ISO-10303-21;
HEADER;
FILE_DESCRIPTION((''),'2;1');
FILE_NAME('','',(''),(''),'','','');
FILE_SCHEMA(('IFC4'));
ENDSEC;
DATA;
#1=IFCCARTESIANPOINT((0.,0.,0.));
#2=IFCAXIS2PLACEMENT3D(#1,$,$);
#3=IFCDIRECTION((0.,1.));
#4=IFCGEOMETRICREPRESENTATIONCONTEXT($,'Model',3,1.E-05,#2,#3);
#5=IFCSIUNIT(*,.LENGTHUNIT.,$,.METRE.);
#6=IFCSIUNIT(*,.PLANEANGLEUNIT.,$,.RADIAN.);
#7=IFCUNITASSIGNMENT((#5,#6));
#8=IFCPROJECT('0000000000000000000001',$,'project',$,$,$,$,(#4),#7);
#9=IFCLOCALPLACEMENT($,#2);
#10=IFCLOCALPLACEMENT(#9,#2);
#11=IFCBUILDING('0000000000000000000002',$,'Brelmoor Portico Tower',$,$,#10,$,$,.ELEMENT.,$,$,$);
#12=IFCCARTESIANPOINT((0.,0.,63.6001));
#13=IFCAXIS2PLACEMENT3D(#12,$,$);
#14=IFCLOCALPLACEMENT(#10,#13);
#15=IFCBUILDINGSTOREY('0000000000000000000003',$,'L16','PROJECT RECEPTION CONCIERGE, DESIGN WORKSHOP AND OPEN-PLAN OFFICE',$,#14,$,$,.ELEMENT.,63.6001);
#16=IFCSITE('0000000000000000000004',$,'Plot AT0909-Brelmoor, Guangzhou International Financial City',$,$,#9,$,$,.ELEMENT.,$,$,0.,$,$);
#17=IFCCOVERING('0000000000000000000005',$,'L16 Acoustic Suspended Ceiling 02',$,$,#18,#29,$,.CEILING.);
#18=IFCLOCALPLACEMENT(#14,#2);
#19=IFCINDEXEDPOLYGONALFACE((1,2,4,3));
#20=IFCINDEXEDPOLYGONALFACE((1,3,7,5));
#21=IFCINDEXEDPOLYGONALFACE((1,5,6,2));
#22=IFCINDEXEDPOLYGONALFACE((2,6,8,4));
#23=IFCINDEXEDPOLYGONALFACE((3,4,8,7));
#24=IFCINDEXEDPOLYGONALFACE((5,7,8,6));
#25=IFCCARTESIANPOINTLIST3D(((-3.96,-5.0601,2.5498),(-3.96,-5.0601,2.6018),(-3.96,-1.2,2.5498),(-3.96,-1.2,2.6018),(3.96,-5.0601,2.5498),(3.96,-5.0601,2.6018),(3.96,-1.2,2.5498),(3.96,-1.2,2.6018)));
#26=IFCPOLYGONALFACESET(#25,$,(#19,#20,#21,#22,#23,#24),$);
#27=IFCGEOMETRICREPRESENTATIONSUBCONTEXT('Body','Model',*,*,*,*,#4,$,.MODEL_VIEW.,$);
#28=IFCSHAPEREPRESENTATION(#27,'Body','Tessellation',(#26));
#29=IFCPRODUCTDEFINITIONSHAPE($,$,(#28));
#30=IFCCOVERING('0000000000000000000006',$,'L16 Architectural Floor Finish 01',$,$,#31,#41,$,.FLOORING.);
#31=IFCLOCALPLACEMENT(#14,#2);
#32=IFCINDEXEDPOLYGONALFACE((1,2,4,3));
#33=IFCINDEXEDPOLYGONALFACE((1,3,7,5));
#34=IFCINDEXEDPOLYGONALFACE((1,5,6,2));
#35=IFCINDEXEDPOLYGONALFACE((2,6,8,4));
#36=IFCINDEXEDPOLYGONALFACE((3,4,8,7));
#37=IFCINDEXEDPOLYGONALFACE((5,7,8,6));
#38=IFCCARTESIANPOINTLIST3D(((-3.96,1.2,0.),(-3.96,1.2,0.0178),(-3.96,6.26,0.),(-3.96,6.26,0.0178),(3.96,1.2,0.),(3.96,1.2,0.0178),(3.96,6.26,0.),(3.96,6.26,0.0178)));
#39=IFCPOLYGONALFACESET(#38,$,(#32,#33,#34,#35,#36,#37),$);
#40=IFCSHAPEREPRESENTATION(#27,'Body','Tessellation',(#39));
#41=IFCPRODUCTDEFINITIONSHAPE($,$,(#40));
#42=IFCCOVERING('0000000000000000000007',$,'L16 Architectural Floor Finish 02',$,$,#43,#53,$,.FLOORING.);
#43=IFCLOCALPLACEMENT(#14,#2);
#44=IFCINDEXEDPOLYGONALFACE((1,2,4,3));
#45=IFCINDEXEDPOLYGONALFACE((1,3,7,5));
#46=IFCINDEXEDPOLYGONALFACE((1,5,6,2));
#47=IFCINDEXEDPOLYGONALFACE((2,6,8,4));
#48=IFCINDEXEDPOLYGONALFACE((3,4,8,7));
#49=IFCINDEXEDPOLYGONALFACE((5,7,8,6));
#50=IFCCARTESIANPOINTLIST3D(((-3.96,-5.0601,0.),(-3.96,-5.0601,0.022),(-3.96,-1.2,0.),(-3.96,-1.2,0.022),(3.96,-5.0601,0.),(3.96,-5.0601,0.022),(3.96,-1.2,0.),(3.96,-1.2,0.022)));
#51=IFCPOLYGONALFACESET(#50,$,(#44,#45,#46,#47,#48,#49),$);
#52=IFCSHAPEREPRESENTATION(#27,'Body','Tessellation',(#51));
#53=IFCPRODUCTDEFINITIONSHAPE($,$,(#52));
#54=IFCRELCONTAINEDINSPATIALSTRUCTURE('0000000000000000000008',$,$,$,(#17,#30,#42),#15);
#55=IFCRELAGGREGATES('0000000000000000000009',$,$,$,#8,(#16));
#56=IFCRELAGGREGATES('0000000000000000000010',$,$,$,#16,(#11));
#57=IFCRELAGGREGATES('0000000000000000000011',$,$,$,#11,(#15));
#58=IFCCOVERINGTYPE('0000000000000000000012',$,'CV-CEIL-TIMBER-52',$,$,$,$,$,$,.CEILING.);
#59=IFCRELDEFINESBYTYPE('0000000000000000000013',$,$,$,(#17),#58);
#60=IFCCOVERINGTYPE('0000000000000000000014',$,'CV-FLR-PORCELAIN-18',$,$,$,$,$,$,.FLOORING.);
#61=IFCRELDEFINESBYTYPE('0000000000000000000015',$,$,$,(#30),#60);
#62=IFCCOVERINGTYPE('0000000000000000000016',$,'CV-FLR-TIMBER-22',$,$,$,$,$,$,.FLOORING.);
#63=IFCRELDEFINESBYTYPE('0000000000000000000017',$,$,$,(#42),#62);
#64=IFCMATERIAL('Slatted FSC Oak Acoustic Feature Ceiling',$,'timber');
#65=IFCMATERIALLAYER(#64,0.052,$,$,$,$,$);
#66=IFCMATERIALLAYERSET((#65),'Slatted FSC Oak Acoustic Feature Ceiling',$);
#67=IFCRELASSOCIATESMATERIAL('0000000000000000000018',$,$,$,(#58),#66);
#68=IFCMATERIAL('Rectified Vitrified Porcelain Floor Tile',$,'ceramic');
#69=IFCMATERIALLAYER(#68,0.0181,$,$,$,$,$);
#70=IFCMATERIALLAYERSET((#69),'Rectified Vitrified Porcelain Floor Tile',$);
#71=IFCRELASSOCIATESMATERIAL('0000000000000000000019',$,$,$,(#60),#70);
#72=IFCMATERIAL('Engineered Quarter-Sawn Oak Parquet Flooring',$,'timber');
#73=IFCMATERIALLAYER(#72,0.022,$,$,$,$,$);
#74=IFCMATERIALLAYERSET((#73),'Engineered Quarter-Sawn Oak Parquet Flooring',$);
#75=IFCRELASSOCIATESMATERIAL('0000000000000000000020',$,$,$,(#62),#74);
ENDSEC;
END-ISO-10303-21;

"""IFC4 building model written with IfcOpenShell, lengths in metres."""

from ifc_helpers import new_model, si_unit, direction, frame, origin, place, context, subcontext, project, spatial, polyline, outline, extrude, material, layer, layer_set, type_object, element, save


model = new_model("IFC4")

# Units and contexts
model_context = context("Model", 3, precision=1e-05, world=origin(), true_north=direction((0.0, 1.0)))
body_context = subcontext(model_context, "Body", "Model", "MODEL_VIEW")
ifc_project = project(units=[si_unit("LENGTHUNIT", "METRE"), si_unit("PLANEANGLEUNIT", "RADIAN")], contexts=[model_context])

# Site, building, storey
site_placement = place(None, origin())
site = spatial("IfcSite", under=ifc_project, at=site_placement, Name="Plot AT0909-Brelmoor, Guangzhou International Financial City", CompositionType="ELEMENT", RefElevation=0.0)
building_placement = place(site_placement, origin())
building = spatial("IfcBuilding", under=site, at=building_placement, Name="Brelmoor Portico Tower", CompositionType="ELEMENT")
storey_placement = place(building_placement, frame((0.0, 0.0, 63.6001)))
storey = spatial("IfcBuildingStorey", under=building, at=storey_placement, Name="L16", Description="PROJECT RECEPTION CONCIERGE, DESIGN WORKSHOP AND OPEN-PLAN OFFICE", CompositionType="ELEMENT", Elevation=63.6001)

# Coverings
ifc_material_1 = material(Name="Slatted FSC Oak Acoustic Feature Ceiling", Category="timber")
ifc_layer_1 = layer(ifc_material_1, 0.052)
ifc_layer_set_1 = layer_set([ifc_layer_1], Name="Slatted FSC Oak Acoustic Feature Ceiling")
covering_type_1 = type_object("IfcCoveringType", Name="CV-CEIL-TIMBER-52", PredefinedType="CEILING", material=ifc_layer_set_1)
covering_1_placement = place(storey_placement, frame((0.0, 0.0, 2.5498)))
element("IfcCovering", 1, at=covering_1_placement, inside=storey, type_object=covering_type_1, Name="L16 Acoustic Suspended Ceiling 02", PredefinedType="CEILING", context=body_context, shape_type="SweptSolid", body=[
    extrude(outline(polyline([(-3.96, -5.0601), (-3.96, -1.2), (3.96, -1.2), (3.96, -5.0601), (-3.96, -5.0601)])), origin(), (0.0, 0.0, 1.0), 0.052),
])
ifc_material_2 = material(Name="Rectified Vitrified Porcelain Floor Tile", Category="ceramic")
ifc_layer_2 = layer(ifc_material_2, 0.0181)
ifc_layer_set_2 = layer_set([ifc_layer_2], Name="Rectified Vitrified Porcelain Floor Tile")
covering_type_2 = type_object("IfcCoveringType", Name="CV-FLR-PORCELAIN-18", PredefinedType="FLOORING", material=ifc_layer_set_2)
covering_2_placement = place(storey_placement, origin())
element("IfcCovering", 2, at=covering_2_placement, inside=storey, type_object=covering_type_2, Name="L16 Architectural Floor Finish 01", PredefinedType="FLOORING", context=body_context, shape_type="SweptSolid", body=[
    extrude(outline(polyline([(-3.96, 1.2), (-3.96, 6.26), (3.96, 6.26), (3.96, 1.2), (-3.96, 1.2)])), origin(), (0.0, 0.0, 1.0), 0.0178),
])
ifc_material_3 = material(Name="Engineered Quarter-Sawn Oak Parquet Flooring", Category="timber")
ifc_layer_3 = layer(ifc_material_3, 0.022)
ifc_layer_set_3 = layer_set([ifc_layer_3], Name="Engineered Quarter-Sawn Oak Parquet Flooring")
covering_type_3 = type_object("IfcCoveringType", Name="CV-FLR-TIMBER-22", PredefinedType="FLOORING", material=ifc_layer_set_3)
covering_3_placement = place(storey_placement, origin())
element("IfcCovering", 3, at=covering_3_placement, inside=storey, type_object=covering_type_3, Name="L16 Architectural Floor Finish 02", PredefinedType="FLOORING", context=body_context, shape_type="SweptSolid", body=[
    extrude(outline(polyline([(-3.96, -5.0601), (-3.96, -1.2), (3.96, -1.2), (3.96, -5.0601), (-3.96, -5.0601)])), origin(), (0.0, 0.0, 1.0), 0.022),
])

save(model, "model.ifc")
